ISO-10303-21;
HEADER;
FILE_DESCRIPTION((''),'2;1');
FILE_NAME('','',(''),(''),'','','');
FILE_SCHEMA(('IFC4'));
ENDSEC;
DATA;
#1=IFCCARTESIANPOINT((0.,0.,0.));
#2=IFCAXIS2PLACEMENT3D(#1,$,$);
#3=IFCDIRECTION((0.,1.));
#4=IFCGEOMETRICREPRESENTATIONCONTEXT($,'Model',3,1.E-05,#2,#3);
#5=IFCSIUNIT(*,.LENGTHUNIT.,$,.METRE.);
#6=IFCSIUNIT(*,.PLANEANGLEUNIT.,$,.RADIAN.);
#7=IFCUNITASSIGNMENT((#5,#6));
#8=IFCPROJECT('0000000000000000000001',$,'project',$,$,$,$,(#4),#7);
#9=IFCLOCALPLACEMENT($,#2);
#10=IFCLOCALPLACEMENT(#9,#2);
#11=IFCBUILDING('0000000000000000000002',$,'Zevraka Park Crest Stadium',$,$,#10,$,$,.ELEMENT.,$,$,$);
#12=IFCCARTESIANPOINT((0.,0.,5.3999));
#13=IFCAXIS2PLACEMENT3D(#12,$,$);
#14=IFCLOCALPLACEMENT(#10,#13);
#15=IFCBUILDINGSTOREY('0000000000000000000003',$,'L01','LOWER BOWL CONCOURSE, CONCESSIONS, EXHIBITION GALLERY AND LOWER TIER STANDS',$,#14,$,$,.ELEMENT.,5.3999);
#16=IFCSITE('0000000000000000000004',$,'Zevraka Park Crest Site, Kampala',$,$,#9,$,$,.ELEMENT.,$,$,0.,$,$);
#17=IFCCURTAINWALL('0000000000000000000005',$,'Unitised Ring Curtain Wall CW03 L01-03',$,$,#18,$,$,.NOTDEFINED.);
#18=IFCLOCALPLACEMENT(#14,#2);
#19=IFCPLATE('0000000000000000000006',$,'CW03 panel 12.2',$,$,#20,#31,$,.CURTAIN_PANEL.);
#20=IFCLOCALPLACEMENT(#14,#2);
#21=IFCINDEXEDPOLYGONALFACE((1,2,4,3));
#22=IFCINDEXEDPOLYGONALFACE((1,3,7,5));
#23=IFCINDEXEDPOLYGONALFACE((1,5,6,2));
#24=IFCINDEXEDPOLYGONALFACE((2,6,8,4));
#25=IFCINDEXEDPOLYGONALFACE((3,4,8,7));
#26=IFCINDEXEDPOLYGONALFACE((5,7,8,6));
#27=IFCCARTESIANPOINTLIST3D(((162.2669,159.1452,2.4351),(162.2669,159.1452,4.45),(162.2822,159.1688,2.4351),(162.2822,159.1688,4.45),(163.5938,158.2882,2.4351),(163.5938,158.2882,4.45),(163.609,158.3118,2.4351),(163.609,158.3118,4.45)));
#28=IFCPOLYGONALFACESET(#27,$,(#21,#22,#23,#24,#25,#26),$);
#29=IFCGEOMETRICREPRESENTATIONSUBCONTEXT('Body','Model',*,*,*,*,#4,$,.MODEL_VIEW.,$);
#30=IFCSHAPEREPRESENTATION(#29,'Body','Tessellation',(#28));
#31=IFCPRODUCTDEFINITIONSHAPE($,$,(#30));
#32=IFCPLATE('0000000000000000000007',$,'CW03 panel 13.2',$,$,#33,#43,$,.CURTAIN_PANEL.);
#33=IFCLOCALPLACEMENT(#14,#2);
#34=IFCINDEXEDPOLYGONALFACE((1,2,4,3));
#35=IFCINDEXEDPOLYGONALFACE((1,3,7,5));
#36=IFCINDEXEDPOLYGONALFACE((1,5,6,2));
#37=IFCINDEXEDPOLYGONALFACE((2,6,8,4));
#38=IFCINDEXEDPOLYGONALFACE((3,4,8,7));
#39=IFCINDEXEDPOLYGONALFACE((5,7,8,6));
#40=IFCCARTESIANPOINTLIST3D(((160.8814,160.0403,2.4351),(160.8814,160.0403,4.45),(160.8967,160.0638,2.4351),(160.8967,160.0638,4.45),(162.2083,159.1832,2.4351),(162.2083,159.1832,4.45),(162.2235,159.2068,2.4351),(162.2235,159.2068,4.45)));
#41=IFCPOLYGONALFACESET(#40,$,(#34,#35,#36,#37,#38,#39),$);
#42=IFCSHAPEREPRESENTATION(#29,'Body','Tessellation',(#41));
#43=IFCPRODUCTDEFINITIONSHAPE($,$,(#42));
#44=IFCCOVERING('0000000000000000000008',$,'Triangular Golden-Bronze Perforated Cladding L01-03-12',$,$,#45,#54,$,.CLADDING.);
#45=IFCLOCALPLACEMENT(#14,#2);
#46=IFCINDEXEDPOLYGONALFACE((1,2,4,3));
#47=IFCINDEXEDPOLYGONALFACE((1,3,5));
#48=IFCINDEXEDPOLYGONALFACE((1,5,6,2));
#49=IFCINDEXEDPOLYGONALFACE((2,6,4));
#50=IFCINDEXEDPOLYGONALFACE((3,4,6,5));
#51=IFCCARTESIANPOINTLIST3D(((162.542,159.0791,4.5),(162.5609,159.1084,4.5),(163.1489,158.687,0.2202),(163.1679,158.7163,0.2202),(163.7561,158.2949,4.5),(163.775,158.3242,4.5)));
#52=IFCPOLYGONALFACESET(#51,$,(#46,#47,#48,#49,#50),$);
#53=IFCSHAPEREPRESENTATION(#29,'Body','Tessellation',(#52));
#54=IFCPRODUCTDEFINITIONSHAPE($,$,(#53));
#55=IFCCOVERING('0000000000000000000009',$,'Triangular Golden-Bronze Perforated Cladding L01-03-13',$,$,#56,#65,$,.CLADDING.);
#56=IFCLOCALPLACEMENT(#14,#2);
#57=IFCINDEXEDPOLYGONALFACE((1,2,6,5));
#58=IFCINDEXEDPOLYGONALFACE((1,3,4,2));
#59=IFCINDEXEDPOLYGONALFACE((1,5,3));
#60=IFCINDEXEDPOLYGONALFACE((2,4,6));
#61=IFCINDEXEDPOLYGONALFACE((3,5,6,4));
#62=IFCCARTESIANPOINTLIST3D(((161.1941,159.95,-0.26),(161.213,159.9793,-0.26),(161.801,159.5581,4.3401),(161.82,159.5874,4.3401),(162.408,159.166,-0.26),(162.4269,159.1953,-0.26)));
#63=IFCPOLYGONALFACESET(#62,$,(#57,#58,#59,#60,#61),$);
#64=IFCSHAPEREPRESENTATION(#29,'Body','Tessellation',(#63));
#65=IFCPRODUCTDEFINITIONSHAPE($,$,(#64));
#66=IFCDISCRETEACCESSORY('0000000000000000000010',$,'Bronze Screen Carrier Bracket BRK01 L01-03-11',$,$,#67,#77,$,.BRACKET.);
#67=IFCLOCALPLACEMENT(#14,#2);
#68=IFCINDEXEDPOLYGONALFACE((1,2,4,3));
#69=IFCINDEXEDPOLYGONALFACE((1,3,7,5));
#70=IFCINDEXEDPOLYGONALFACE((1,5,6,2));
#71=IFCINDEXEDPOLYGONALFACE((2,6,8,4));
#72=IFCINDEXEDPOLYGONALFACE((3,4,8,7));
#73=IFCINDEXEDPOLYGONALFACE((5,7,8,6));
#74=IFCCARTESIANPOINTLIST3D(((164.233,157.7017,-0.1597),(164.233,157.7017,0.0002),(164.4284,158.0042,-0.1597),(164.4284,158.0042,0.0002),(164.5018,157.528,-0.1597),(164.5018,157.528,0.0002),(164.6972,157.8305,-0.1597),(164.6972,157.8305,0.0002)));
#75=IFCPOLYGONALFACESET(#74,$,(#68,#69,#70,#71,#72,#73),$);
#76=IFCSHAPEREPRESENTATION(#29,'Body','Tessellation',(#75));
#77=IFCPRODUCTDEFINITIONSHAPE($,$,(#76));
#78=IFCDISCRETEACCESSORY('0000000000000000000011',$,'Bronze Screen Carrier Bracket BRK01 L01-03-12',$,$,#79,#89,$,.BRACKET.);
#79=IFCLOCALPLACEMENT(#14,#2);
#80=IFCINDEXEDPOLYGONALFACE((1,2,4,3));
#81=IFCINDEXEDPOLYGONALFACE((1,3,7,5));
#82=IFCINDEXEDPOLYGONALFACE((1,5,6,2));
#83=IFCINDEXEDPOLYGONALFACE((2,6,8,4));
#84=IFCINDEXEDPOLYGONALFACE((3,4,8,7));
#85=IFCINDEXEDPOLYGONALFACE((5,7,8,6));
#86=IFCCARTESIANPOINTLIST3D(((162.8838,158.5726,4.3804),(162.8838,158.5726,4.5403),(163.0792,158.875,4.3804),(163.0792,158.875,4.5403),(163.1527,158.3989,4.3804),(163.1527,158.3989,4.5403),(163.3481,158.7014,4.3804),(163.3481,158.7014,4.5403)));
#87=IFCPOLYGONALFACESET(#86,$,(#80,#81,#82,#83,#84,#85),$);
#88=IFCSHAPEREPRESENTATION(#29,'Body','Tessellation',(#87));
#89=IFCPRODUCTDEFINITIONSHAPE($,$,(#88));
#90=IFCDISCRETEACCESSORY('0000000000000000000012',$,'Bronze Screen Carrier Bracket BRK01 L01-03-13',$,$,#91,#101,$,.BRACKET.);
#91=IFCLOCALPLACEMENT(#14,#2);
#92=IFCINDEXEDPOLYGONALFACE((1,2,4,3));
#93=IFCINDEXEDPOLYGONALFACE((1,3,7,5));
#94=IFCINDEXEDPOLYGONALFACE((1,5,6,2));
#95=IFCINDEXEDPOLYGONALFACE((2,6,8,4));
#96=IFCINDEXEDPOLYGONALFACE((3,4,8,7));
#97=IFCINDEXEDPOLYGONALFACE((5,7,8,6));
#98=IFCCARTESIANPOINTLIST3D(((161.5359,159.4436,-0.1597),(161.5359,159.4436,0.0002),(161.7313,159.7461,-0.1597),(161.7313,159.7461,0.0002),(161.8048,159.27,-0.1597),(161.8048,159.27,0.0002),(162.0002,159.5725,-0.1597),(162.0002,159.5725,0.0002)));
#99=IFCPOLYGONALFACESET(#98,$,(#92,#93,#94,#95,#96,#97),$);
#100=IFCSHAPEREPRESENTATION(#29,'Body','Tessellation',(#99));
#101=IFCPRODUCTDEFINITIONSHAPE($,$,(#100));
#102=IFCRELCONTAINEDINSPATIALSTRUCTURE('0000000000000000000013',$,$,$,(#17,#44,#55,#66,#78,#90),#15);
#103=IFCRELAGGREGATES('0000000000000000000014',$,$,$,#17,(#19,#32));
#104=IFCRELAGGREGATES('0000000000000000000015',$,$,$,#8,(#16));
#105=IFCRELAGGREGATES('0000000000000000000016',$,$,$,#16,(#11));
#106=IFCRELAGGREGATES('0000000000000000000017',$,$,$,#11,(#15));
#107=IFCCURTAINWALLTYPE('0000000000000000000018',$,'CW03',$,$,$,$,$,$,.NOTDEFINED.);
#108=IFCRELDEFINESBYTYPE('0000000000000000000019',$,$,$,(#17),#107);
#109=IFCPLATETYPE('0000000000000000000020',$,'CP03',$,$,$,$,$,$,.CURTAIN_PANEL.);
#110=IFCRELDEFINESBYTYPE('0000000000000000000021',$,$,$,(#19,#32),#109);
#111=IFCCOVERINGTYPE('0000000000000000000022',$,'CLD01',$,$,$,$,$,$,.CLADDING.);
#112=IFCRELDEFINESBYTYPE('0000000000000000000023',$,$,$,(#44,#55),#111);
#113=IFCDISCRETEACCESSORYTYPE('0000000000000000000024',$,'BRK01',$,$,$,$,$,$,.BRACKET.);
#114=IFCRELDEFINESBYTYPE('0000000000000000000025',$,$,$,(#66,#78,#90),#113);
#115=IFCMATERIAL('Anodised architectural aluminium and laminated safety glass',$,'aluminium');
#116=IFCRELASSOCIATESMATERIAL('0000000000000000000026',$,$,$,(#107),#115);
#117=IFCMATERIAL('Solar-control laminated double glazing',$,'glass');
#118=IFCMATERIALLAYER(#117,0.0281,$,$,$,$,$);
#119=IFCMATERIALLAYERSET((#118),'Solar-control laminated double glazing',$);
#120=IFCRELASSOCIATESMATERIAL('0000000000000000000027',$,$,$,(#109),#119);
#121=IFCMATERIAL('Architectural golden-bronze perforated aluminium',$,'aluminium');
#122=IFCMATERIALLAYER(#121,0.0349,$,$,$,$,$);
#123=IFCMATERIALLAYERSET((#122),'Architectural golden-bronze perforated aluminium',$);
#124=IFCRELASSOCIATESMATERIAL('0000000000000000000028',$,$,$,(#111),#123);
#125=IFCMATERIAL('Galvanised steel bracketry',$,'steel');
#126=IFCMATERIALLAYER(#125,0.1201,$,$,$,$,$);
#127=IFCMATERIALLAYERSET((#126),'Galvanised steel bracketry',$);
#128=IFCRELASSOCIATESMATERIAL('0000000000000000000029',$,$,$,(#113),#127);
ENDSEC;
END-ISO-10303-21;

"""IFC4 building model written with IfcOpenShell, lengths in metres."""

from ifc_helpers import new_model, si_unit, direction, frame, origin, origin_2d, place, context, subcontext, project, spatial, polyline, rectangle, outline, extrude, material, layer, layer_set, type_object, element, aggregate, save


model = new_model("IFC4")

# Units and contexts
model_context = context("Model", 3, precision=1e-05, world=origin(), true_north=direction((0.0, 1.0)))
body_context = subcontext(model_context, "Body", "Model", "MODEL_VIEW")
ifc_project = project(units=[si_unit("LENGTHUNIT", "METRE"), si_unit("PLANEANGLEUNIT", "RADIAN")], contexts=[model_context])

# Site, building, storey
site_placement = place(None, origin())
site = spatial("IfcSite", under=ifc_project, at=site_placement, Name="Zevraka Park Crest Site, Kampala", CompositionType="ELEMENT", RefElevation=0.0)
building_placement = place(site_placement, origin())
building = spatial("IfcBuilding", under=site, at=building_placement, Name="Zevraka Park Crest Stadium", CompositionType="ELEMENT")
storey_placement = place(building_placement, frame((0.0, 0.0, 5.3999)))
storey = spatial("IfcBuildingStorey", under=building, at=storey_placement, Name="L01", Description="LOWER BOWL CONCOURSE, CONCESSIONS, EXHIBITION GALLERY AND LOWER TIER STANDS", CompositionType="ELEMENT", Elevation=5.3999)

# Curtain wall, plates
ifc_material_1 = material(Name="Anodised architectural aluminium and laminated safety glass", Category="aluminium")
curtain_wall_type = type_object("IfcCurtainWallType", Name="CW03", PredefinedType="NOTDEFINED", material=ifc_material_1)
curtain_wall_placement = place(storey_placement, origin())
curtain_wall = element("IfcCurtainWall", 1, at=curtain_wall_placement, inside=storey, type_object=curtain_wall_type, Name="Unitised Ring Curtain Wall CW03 L01-03", PredefinedType="NOTDEFINED")
ifc_material_2 = material(Name="Solar-control laminated double glazing", Category="glass")
ifc_layer_1 = layer(ifc_material_2, 0.0281)
ifc_layer_set_1 = layer_set([ifc_layer_1], Name="Solar-control laminated double glazing")
plate_type = type_object("IfcPlateType", Name="CP03", PredefinedType="CURTAIN_PANEL", material=ifc_layer_set_1)
plate_1_placement = place(storey_placement, frame((162.938, 158.7285, 2.4351), z_axis=(0.0, 0.0, 1.0), x_axis=(-0.84001, 0.542571, 0.0)))
plate_1 = element("IfcPlate", 2, at=plate_1_placement, type_object=plate_type, Name="CW03 panel 12.2", PredefinedType="CURTAIN_PANEL", context=body_context, shape_type="SweptSolid", body=[
    extrude(rectangle(XDim=1.5796, YDim=0.0281, at=origin_2d()), origin(), (0.0, 0.0, 1.0), 2.0149),
])
plate_2_placement = place(storey_placement, frame((161.5525, 159.6235, 2.4351), z_axis=(0.0, 0.0, 1.0), x_axis=(-0.84001, 0.542571, 0.0)))
plate_2 = element("IfcPlate", 3, at=plate_2_placement, type_object=plate_type, Name="CW03 panel 13.2", PredefinedType="CURTAIN_PANEL", context=body_context, shape_type="SweptSolid", body=[
    extrude(rectangle(XDim=1.5796, YDim=0.0281, at=origin_2d()), origin(), (0.0, 0.0, 1.0), 2.0149),
])
aggregate(curtain_wall, [plate_1, plate_2])

# Coverings
ifc_material_3 = material(Name="Architectural golden-bronze perforated aluminium", Category="aluminium")
ifc_layer_2 = layer(ifc_material_3, 0.0349)
ifc_layer_set_2 = layer_set([ifc_layer_2], Name="Architectural golden-bronze perforated aluminium")
covering_type = type_object("IfcCoveringType", Name="CLD01", PredefinedType="CLADDING", material=ifc_layer_set_2)
covering_1_placement = place(storey_placement, frame((162.542, 159.0791, 4.5), z_axis=(-0.542558, -0.840019, 0.000015), x_axis=(0.840019, -0.542558, 0.0)))
element("IfcCovering", 4, at=covering_1_placement, inside=storey, type_object=covering_type, Name="Triangular Golden-Bronze Perforated Cladding L01-03-12", PredefinedType="CLADDING", context=body_context, shape_type="SweptSolid", body=[
    extrude(outline(polyline([(0.0, 0.0), (1.4453, 0.0), (0.7226, -4.2798), (0.0, 0.0)])), origin(), (0.0, 0.0, -1.0), 0.0349),
])
covering_2_placement = place(storey_placement, frame((162.408, 159.166, -0.26), z_axis=(-0.542515, -0.840046, 0.000022), x_axis=(-0.840046, 0.542515, 0.0)))
element("IfcCovering", 5, at=covering_2_placement, inside=storey, type_object=covering_type, Name="Triangular Golden-Bronze Perforated Cladding L01-03-13", PredefinedType="CLADDING", context=body_context, shape_type="SweptSolid", body=[
    extrude(outline(polyline([(0.0, 0.0), (1.445, 0.0), (0.7226, -4.6001), (0.0, 0.0)])), origin(), (0.0, 0.0, -1.0), 0.0349),
])

# Discrete accessories
ifc_material_4 = material(Name="Galvanised steel bracketry", Category="steel")
ifc_layer_3 = layer(ifc_material_4, 0.1201)
ifc_layer_set_3 = layer_set([ifc_layer_3], Name="Galvanised steel bracketry")
discrete_accessory_type = type_object("IfcDiscreteAccessoryType", Name="BRK01", PredefinedType="BRACKET", material=ifc_layer_set_3)
for number, where, z_axis, x_axis, name in (
    (6, (164.4651, 157.7661, -0.1597), (0.0, 0.0, 1.0), (-0.839999, 0.542588, 0.0), "Bronze Screen Carrier Bracket BRK01 L01-03-11"),
    (7, (163.116, 158.637, 4.3804), (0.0, 0.0, 1.0), (-0.839999, 0.542588, 0.0), "Bronze Screen Carrier Bracket BRK01 L01-03-12"),
    (8, (161.7681, 159.5081, -0.1597), (0.0, 0.0, 1.0), (-0.839999, 0.542588, 0.0), "Bronze Screen Carrier Bracket BRK01 L01-03-13"),
):
    element("IfcDiscreteAccessory", number, at=place(storey_placement, frame(where, z_axis=z_axis, x_axis=x_axis)), inside=storey, type_object=discrete_accessory_type, Name=name, PredefinedType="BRACKET", context=body_context, shape_type="SweptSolid", body=[
        extrude(rectangle(XDim=0.3201, YDim=0.3601, at=origin_2d()), origin(), (0.0, 0.0, 1.0), 0.1599),
    ])

save(model, "model.ifc")
